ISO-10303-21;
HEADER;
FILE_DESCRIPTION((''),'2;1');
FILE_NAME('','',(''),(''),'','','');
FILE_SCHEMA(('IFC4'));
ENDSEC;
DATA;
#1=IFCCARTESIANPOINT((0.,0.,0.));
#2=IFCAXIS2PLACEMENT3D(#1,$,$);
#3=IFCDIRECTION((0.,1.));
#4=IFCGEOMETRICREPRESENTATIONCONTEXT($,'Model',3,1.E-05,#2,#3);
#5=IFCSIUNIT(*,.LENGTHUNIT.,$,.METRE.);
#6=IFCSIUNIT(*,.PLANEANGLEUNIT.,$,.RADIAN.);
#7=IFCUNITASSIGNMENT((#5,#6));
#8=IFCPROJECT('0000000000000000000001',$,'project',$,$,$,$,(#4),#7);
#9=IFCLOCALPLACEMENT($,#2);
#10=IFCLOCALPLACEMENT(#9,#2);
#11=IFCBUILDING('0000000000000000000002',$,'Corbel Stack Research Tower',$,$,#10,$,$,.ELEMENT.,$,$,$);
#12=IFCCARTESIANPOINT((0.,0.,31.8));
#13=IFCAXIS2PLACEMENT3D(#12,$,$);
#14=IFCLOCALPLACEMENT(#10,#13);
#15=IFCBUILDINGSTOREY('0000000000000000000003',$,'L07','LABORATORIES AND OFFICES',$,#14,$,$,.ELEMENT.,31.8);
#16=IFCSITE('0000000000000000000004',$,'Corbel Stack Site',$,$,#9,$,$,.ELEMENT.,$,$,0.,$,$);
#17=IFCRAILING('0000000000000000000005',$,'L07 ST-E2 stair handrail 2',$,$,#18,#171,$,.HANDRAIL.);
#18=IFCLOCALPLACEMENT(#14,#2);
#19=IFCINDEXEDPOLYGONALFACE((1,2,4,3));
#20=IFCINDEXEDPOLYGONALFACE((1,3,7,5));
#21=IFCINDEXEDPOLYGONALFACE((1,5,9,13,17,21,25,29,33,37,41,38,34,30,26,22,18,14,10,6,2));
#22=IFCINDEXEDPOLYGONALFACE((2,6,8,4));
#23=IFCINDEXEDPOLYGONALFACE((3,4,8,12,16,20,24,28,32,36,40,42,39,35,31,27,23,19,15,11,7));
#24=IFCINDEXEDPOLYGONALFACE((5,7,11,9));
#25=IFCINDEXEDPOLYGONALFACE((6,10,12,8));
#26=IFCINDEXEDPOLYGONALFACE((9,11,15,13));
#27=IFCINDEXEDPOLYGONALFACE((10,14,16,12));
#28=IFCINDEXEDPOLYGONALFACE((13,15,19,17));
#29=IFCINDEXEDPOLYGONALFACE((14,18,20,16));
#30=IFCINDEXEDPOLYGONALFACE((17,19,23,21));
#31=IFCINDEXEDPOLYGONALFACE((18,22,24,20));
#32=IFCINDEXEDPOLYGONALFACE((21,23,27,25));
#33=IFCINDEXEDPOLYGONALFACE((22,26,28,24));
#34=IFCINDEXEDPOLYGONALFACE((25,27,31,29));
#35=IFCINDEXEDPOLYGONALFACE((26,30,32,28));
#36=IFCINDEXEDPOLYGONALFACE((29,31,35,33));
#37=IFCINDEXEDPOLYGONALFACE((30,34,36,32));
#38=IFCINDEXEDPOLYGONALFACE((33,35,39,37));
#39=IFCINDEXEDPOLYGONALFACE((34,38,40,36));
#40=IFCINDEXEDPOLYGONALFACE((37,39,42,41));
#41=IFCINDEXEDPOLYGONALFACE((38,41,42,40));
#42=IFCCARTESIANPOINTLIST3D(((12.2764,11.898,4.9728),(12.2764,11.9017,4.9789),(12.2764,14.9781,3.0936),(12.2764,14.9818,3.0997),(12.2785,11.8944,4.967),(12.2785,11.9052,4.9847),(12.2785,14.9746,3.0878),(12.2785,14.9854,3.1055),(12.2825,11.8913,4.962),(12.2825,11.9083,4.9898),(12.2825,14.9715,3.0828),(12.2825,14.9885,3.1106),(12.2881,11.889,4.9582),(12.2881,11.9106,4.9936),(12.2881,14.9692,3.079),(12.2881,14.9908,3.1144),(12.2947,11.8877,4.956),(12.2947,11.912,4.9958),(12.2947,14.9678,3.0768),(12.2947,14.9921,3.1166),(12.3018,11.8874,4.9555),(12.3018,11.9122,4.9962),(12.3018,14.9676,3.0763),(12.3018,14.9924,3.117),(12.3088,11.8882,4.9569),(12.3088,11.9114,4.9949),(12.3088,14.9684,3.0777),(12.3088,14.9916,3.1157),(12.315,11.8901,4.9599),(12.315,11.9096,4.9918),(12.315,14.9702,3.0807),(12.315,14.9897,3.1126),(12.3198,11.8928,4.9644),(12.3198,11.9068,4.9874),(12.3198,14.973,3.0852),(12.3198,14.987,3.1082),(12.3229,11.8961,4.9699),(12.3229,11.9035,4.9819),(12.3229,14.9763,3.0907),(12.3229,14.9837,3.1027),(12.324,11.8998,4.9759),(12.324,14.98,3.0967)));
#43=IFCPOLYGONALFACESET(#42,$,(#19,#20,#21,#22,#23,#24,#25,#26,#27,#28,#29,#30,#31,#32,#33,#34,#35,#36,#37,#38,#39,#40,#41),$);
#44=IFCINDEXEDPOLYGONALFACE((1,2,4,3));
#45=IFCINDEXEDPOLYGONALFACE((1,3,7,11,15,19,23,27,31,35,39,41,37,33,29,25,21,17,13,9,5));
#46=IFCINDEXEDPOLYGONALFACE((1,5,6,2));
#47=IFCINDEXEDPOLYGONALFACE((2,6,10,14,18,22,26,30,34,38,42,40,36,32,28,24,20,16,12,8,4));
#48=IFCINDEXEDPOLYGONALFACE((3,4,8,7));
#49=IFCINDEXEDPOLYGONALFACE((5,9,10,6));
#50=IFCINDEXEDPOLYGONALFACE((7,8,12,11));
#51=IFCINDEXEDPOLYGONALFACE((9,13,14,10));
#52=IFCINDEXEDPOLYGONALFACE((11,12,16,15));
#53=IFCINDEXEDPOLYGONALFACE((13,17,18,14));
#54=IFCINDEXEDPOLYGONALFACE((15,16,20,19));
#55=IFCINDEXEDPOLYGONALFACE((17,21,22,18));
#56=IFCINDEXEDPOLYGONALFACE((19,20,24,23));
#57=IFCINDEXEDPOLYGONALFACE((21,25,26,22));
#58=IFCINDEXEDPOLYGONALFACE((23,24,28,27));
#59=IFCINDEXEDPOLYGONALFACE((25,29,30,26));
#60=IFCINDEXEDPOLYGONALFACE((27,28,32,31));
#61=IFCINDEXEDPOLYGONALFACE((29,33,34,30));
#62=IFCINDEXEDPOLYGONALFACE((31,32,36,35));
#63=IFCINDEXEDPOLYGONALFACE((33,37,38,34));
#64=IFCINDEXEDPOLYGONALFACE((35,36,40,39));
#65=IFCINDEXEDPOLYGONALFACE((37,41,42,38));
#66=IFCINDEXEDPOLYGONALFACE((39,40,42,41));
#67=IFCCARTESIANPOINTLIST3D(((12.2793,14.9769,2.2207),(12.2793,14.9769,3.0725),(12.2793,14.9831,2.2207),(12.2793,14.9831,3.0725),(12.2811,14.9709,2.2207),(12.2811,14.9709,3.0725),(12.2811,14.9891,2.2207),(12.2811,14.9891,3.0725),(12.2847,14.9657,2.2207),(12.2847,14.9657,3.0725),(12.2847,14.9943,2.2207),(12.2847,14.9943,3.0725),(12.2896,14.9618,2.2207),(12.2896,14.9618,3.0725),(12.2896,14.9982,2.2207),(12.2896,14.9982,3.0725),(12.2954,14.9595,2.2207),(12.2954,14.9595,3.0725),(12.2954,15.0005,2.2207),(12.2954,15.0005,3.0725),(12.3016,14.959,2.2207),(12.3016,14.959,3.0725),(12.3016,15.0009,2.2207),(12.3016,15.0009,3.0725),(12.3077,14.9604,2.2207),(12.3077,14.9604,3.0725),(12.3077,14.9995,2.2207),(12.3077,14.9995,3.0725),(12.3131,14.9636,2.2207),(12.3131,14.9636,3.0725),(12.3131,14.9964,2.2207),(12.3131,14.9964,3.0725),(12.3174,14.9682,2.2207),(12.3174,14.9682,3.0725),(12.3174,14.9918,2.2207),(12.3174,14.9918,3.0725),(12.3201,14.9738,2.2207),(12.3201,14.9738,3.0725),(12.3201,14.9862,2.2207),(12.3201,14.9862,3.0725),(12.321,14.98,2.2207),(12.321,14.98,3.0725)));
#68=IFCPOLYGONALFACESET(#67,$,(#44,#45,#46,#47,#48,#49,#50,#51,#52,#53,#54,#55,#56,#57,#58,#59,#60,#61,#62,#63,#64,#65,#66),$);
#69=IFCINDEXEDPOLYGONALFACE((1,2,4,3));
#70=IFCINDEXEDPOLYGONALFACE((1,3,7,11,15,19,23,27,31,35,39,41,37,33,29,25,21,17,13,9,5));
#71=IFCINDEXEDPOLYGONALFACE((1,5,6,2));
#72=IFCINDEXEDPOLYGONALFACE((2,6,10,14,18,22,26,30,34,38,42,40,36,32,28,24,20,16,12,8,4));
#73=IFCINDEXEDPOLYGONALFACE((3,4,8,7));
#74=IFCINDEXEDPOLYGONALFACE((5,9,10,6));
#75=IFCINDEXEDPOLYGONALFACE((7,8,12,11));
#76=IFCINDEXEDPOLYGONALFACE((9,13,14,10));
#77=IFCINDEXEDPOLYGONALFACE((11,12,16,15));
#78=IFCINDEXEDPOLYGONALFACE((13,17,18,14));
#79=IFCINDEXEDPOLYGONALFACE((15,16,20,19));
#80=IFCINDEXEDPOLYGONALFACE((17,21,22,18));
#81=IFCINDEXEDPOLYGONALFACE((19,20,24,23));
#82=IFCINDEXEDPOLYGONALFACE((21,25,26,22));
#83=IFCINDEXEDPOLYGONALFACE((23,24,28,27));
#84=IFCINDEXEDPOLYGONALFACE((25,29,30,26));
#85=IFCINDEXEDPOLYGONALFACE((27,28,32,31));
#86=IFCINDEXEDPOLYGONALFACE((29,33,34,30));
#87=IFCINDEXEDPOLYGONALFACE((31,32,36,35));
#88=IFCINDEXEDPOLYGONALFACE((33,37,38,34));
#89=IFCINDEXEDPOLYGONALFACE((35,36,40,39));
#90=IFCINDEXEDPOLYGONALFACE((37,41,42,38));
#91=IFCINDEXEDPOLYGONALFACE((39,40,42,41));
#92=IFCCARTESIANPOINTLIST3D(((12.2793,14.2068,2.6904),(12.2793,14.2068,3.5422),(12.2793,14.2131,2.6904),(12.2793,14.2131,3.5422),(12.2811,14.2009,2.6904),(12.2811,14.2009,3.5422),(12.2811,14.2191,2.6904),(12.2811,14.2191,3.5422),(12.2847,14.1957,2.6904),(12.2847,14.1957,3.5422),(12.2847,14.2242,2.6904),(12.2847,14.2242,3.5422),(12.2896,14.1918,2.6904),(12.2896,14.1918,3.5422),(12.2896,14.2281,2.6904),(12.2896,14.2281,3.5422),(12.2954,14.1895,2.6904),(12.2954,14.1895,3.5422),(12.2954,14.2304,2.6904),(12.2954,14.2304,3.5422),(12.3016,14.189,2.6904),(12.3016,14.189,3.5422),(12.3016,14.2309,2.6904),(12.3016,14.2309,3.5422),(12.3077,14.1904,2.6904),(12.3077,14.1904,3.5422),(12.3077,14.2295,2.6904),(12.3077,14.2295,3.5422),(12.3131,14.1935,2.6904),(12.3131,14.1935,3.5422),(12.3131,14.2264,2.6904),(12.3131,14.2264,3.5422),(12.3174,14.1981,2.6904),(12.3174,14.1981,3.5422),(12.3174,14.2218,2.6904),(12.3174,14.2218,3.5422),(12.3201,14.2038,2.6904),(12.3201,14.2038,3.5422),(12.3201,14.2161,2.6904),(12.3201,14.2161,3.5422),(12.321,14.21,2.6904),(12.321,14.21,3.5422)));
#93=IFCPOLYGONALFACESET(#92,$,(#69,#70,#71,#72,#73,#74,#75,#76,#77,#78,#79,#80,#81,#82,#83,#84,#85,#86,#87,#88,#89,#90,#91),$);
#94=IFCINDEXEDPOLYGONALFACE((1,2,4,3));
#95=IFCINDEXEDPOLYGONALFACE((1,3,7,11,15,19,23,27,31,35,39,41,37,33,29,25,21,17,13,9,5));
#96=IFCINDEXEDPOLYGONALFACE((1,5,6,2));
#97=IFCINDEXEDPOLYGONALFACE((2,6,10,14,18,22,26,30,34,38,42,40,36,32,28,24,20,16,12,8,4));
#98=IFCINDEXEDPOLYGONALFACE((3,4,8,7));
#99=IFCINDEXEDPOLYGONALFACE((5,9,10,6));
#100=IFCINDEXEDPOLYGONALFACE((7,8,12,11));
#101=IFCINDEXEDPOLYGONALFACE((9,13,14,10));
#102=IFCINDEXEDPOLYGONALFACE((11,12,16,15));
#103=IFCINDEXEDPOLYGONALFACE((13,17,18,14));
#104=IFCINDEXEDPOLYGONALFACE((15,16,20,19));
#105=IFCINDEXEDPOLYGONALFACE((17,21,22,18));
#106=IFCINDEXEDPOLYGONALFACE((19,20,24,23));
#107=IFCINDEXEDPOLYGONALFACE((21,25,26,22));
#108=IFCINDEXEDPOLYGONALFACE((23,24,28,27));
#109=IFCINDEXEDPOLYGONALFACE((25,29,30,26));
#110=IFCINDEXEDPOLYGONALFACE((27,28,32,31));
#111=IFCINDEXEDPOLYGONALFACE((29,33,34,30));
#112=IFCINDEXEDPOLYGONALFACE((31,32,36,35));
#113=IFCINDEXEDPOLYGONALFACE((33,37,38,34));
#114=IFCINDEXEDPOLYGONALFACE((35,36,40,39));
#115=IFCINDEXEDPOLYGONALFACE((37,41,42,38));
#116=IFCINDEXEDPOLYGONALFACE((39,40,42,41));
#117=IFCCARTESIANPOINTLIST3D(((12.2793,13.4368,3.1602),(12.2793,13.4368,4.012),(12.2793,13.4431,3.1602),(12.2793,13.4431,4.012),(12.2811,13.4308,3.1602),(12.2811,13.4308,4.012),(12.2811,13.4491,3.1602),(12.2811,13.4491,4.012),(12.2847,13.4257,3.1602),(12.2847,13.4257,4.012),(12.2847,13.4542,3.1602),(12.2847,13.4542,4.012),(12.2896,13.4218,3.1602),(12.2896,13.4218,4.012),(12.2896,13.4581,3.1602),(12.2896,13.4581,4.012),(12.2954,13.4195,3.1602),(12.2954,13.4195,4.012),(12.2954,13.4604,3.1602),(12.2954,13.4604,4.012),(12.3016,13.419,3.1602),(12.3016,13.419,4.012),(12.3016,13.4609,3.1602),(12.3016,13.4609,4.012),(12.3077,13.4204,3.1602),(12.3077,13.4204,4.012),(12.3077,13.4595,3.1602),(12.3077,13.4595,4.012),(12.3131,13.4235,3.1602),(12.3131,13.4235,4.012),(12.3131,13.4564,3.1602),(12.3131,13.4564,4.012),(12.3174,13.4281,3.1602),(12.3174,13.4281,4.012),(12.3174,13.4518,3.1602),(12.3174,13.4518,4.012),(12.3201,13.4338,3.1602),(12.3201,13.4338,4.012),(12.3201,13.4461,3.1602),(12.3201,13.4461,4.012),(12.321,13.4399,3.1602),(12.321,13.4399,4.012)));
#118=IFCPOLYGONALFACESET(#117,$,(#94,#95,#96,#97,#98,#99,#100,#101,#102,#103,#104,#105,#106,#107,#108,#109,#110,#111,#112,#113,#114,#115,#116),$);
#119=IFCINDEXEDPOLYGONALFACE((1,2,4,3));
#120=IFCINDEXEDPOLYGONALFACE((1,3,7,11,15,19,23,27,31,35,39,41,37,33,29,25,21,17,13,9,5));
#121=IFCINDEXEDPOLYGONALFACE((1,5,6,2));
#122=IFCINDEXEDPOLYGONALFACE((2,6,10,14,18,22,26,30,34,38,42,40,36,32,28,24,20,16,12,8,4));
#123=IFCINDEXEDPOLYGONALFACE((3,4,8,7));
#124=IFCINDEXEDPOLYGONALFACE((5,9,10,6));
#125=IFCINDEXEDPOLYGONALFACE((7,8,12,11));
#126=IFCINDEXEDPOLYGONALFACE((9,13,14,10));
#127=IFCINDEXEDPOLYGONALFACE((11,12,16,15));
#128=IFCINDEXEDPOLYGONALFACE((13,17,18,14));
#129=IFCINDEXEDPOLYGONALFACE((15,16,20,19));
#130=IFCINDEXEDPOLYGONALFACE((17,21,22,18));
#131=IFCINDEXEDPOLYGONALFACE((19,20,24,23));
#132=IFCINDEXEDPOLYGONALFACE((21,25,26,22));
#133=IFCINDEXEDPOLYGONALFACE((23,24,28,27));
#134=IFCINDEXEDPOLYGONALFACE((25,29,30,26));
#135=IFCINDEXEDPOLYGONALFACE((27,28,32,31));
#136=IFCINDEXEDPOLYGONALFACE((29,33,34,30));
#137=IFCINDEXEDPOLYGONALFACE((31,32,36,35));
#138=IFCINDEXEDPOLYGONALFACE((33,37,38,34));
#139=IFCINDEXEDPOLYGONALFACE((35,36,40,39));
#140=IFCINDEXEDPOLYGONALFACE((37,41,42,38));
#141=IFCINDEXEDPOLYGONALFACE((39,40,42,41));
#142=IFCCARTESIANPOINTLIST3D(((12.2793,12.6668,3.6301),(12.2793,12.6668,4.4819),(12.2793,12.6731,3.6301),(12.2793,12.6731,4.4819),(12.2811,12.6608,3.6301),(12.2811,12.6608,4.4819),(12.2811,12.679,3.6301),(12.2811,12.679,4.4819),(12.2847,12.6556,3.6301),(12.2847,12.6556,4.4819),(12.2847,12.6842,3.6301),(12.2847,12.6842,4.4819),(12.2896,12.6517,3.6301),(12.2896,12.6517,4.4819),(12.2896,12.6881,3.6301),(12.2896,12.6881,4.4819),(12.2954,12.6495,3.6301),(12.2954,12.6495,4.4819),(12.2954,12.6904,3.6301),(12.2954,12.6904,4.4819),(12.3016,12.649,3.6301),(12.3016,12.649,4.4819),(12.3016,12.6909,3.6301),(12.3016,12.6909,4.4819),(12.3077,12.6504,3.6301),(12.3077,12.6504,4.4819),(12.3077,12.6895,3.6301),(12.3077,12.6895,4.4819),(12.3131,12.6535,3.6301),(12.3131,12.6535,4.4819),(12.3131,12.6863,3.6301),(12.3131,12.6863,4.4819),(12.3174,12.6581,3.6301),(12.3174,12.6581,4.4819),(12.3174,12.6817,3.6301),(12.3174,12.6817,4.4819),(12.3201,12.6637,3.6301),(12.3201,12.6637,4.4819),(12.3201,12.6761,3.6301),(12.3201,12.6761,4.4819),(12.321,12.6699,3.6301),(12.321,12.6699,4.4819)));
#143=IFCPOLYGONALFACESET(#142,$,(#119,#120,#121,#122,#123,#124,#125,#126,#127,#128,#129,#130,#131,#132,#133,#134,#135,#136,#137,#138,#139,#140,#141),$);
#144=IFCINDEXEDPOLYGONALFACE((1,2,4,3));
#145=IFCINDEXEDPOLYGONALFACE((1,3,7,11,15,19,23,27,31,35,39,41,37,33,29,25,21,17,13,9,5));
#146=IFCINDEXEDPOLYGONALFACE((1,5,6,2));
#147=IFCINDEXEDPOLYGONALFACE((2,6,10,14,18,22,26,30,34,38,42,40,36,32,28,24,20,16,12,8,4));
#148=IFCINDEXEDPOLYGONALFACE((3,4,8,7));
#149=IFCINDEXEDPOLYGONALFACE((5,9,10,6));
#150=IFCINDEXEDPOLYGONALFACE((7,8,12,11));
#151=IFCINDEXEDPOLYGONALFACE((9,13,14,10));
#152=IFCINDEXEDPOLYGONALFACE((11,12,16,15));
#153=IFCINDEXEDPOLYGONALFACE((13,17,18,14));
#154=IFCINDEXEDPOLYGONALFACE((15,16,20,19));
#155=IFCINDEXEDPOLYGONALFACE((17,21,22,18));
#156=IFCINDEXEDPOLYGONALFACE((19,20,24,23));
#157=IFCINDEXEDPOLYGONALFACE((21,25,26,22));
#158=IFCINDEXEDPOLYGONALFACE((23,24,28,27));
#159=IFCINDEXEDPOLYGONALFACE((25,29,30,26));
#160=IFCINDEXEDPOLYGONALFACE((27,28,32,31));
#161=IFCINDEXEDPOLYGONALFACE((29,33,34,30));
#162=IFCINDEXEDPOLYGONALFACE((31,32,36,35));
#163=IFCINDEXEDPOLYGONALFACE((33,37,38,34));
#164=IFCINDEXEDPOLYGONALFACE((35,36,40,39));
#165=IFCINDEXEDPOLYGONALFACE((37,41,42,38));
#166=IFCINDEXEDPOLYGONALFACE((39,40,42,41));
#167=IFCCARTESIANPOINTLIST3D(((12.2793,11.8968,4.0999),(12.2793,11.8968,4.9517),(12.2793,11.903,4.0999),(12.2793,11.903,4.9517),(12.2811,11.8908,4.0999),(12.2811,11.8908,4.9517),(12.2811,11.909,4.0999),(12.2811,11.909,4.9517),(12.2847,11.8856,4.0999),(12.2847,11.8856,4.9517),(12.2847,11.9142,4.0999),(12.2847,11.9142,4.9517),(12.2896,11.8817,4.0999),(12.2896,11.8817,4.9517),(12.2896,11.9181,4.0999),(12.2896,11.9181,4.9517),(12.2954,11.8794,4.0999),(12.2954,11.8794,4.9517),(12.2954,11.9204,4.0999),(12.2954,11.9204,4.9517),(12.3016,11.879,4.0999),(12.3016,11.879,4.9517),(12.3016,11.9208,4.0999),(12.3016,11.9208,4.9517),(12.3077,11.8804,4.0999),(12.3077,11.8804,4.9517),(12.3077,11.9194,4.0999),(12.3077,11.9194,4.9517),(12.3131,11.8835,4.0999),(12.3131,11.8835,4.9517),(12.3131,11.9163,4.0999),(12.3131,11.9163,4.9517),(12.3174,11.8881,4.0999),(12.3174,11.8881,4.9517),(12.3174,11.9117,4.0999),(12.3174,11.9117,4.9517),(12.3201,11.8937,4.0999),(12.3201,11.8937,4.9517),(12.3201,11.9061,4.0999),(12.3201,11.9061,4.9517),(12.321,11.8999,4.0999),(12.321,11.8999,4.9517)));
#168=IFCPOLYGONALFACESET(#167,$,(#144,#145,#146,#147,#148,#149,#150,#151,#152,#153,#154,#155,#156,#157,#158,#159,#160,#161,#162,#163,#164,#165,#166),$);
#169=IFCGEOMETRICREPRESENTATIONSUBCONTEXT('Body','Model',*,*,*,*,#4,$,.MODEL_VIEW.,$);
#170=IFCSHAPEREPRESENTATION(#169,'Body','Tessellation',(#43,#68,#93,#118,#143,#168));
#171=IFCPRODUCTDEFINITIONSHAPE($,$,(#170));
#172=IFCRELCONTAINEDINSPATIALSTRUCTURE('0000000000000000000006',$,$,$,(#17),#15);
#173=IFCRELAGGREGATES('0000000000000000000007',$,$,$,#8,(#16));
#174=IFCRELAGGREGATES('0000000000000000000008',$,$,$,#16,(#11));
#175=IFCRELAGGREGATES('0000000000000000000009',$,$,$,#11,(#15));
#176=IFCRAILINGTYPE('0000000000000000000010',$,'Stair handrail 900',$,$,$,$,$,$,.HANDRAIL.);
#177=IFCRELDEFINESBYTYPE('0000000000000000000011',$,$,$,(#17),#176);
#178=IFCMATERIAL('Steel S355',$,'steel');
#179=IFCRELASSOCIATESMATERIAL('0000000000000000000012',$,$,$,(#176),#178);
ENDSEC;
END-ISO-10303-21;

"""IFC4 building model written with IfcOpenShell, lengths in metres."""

from ifc_helpers import new_model, si_unit, direction, frame, origin, origin_2d, place, context, subcontext, project, spatial, circle, extrude, material, type_object, element, save


model = new_model("IFC4")

# Units and contexts
model_context = context("Model", 3, precision=1e-05, world=origin(), true_north=direction((0.0, 1.0)))
body_context = subcontext(model_context, "Body", "Model", "MODEL_VIEW")
ifc_project = project(units=[si_unit("LENGTHUNIT", "METRE"), si_unit("PLANEANGLEUNIT", "RADIAN")], contexts=[model_context])

# Site, building, storey
site_placement = place(None, origin())
site = spatial("IfcSite", under=ifc_project, at=site_placement, Name="Corbel Stack Site", CompositionType="ELEMENT", RefElevation=0.0)
building_placement = place(site_placement, origin())
building = spatial("IfcBuilding", under=site, at=building_placement, Name="Corbel Stack Research Tower", CompositionType="ELEMENT")
storey_placement = place(building_placement, frame((0.0, 0.0, 31.8)))
storey = spatial("IfcBuildingStorey", under=building, at=storey_placement, Name="L07", Description="LABORATORIES AND OFFICES", CompositionType="ELEMENT", Elevation=31.8)

# Railing
ifc_material_1 = material(Name="Steel S355", Category="steel")
railing_type_1 = type_object("IfcRailingType", Name="Stair handrail 900", PredefinedType="HANDRAIL", material=ifc_material_1)
railing_1_placement = place(storey_placement, frame((12.3, 14.98, 2.2207)))
element("IfcRailing", 1, at=railing_1_placement, inside=storey, type_object=railing_type_1, Name="L07 ST-E2 stair handrail 2", PredefinedType="HANDRAIL", context=body_context, shape_type="SweptSolid", body=[
    extrude(circle(Radius=0.0239, at=origin_2d()), frame((0.0, 0.0, 0.876), z_axis=(0.0, -0.853666, 0.52082), x_axis=(1.0, 0.0, 0.0)), (0.0, 0.0, 1.0), 3.6082),
    extrude(circle(Radius=0.021, at=origin_2d()), origin(), (0.0, 0.0, 1.0), 0.8518),
    extrude(circle(Radius=0.021, at=origin_2d()), frame((0.0, -0.77, 0.4697)), (0.0, 0.0, 1.0), 0.8518),
    extrude(circle(Radius=0.021, at=origin_2d()), frame((0.0, -1.54, 0.9395)), (0.0, 0.0, 1.0), 0.8518),
    extrude(circle(Radius=0.021, at=origin_2d()), frame((0.0, -2.3101, 1.4094)), (0.0, 0.0, 1.0), 0.8518),
    extrude(circle(Radius=0.021, at=origin_2d()), frame((0.0, -3.0801, 1.8792)), (0.0, 0.0, 1.0), 0.8518),
])

save(model, "model.ifc")
